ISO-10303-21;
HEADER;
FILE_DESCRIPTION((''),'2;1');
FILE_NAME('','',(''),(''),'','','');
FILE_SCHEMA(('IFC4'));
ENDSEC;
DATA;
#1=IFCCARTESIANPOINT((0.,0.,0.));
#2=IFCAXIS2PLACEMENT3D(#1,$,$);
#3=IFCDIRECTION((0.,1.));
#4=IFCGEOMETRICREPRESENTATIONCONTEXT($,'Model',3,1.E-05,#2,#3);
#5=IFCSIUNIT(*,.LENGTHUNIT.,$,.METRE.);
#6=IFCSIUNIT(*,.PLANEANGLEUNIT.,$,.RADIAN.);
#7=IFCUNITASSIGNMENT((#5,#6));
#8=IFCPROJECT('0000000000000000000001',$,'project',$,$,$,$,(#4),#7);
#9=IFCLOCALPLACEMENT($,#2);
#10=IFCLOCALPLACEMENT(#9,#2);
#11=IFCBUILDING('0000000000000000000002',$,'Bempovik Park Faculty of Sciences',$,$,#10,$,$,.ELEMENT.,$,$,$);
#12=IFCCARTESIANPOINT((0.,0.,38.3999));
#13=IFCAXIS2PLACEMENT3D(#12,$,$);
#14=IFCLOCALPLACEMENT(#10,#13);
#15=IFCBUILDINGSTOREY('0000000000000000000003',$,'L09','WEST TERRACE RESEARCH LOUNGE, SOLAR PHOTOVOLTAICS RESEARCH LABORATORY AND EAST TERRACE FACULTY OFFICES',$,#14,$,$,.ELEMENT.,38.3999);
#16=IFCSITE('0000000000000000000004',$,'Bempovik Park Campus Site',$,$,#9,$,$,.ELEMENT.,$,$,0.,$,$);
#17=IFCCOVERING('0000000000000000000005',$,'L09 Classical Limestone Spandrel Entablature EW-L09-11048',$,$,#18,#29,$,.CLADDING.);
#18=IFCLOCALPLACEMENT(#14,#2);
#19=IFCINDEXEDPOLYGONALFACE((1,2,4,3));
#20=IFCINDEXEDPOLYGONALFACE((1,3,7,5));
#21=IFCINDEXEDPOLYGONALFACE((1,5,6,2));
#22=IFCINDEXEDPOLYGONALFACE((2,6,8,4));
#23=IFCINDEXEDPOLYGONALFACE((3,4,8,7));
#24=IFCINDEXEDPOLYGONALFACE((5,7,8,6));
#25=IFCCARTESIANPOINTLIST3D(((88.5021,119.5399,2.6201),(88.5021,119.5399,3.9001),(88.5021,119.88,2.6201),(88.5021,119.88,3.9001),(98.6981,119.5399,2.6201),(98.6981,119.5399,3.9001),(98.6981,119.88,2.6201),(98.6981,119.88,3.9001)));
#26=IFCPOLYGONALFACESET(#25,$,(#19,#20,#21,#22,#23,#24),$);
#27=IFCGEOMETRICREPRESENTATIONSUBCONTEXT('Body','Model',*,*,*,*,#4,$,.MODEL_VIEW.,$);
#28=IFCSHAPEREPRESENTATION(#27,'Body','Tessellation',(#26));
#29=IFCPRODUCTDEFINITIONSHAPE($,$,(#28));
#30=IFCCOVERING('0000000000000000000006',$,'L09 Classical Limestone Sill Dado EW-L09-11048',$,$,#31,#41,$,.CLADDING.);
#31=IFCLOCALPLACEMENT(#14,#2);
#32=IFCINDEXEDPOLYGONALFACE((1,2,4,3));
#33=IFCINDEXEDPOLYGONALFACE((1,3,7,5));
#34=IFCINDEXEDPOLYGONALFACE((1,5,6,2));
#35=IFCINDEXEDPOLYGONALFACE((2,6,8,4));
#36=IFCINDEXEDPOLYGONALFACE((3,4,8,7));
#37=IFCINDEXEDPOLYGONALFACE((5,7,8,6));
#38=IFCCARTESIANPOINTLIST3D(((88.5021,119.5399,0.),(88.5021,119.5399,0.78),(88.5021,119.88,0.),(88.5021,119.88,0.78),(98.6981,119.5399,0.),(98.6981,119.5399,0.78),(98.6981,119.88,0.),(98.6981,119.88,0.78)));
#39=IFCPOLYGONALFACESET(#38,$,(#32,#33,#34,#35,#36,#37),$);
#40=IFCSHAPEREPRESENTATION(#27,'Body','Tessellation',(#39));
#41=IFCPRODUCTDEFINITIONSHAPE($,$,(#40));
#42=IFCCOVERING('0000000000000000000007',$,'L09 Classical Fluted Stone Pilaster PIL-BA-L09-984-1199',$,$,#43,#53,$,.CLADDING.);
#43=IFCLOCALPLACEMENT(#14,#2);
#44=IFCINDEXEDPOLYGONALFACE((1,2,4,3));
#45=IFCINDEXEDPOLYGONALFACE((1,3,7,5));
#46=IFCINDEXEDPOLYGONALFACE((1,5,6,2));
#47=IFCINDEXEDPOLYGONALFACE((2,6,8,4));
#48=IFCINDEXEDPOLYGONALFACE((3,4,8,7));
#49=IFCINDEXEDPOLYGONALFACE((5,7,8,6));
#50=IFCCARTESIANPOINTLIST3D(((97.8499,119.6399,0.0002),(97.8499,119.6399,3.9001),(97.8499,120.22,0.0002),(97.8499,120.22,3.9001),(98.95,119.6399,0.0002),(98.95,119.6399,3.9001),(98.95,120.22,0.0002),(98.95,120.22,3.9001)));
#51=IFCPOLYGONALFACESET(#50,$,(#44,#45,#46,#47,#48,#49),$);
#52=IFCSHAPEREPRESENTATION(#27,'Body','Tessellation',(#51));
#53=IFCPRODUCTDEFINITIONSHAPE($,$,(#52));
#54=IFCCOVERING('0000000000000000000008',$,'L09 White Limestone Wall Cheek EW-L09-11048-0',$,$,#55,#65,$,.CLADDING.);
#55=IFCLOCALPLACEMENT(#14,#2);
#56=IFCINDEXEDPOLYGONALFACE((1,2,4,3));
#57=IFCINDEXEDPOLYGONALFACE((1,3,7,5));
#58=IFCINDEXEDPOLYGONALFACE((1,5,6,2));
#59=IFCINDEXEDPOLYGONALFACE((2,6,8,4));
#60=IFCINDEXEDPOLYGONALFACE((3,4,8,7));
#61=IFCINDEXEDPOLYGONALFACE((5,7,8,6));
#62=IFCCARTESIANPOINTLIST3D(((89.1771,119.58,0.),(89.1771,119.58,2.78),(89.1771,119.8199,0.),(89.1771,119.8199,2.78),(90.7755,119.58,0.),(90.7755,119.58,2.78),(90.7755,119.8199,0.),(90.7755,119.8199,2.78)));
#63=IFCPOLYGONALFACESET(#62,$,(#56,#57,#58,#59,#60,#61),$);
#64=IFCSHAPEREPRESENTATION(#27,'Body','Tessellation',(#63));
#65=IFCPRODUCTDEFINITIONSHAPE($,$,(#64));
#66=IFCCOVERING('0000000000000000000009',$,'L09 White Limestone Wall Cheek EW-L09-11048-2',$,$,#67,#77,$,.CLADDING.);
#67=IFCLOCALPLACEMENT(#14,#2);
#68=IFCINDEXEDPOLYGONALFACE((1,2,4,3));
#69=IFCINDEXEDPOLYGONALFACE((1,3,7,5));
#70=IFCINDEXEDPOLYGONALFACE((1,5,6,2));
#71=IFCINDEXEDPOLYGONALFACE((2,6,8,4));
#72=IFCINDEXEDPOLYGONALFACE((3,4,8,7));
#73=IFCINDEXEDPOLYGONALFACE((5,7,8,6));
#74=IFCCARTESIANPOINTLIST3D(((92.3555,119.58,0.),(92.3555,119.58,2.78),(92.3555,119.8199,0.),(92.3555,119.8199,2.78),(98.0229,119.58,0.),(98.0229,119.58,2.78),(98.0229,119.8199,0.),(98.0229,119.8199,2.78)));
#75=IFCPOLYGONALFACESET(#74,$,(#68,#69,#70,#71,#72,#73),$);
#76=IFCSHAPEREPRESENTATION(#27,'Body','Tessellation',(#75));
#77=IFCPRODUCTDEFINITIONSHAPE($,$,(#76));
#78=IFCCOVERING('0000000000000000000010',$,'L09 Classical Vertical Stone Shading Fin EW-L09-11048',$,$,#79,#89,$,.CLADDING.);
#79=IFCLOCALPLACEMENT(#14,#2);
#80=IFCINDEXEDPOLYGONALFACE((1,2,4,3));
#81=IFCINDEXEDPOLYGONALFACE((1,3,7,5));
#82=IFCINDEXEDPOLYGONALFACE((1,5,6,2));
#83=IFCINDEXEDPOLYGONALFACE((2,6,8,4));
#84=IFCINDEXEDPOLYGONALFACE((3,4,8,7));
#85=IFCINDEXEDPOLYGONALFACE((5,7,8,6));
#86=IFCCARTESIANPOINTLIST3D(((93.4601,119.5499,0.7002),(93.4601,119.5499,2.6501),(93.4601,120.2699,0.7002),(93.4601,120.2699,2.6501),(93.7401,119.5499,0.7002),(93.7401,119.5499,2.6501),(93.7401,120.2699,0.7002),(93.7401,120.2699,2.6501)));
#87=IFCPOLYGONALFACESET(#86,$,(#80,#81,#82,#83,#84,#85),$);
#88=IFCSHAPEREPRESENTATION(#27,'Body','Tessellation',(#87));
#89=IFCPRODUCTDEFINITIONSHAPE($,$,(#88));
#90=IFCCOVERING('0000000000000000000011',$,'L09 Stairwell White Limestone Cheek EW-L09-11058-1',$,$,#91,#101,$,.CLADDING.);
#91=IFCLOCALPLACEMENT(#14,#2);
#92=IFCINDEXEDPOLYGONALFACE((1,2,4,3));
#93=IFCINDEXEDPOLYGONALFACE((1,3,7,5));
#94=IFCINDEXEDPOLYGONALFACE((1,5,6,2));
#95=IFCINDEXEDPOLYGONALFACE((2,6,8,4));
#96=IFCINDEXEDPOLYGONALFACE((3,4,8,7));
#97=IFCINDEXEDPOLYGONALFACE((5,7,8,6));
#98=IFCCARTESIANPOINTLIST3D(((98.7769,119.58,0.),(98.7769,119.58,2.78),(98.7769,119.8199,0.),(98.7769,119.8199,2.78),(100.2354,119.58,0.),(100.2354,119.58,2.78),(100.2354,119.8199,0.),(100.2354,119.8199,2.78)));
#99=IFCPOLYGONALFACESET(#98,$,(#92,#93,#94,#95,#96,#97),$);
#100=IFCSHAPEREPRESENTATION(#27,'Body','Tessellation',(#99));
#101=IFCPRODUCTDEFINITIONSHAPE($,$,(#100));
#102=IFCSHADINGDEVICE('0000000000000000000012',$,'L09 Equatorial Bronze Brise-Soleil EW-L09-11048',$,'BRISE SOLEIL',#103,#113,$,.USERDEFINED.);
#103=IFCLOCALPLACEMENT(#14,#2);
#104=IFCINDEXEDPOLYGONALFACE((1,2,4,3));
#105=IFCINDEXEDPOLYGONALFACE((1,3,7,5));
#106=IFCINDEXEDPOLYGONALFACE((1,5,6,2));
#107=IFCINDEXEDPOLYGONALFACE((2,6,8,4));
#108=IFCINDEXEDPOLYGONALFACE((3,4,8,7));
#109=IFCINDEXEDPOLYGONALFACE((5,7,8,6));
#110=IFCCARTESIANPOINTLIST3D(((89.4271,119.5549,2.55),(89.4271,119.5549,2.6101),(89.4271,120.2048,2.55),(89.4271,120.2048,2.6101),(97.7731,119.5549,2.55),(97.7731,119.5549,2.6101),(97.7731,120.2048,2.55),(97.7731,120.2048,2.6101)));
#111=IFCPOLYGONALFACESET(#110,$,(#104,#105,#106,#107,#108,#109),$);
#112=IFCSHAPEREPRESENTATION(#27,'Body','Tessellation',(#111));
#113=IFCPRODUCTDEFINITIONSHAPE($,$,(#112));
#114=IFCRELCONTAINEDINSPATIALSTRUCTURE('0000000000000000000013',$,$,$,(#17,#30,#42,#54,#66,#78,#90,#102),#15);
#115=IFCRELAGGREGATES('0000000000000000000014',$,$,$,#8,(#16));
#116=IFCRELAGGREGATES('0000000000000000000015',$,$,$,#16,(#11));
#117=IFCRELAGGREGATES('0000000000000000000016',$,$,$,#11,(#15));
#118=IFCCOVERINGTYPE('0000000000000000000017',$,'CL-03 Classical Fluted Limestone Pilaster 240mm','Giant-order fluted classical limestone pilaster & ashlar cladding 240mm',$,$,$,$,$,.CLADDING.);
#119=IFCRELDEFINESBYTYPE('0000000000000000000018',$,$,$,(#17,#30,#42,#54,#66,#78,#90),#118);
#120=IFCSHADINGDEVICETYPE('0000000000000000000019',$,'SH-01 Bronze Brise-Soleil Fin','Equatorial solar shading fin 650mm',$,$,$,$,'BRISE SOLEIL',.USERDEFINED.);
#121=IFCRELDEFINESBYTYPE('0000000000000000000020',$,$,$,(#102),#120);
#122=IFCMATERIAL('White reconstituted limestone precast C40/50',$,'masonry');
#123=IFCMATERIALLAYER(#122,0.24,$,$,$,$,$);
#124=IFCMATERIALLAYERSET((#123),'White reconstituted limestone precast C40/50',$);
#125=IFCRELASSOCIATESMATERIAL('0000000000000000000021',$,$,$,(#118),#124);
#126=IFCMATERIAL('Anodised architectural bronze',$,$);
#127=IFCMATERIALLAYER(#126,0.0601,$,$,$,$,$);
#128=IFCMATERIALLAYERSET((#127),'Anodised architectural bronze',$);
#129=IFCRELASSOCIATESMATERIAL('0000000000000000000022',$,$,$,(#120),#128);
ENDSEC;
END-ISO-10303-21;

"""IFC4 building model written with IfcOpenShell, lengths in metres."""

from ifc_helpers import new_model, si_unit, direction, frame, origin, origin_2d, place, context, subcontext, project, spatial, rectangle, extrude, material, layer, layer_set, type_object, element, save


model = new_model("IFC4")

# Units and contexts
model_context = context("Model", 3, precision=1e-05, world=origin(), true_north=direction((0.0, 1.0)))
body_context = subcontext(model_context, "Body", "Model", "MODEL_VIEW")
ifc_project = project(units=[si_unit("LENGTHUNIT", "METRE"), si_unit("PLANEANGLEUNIT", "RADIAN")], contexts=[model_context])

# Site, building, storey
site_placement = place(None, origin())
site = spatial("IfcSite", under=ifc_project, at=site_placement, Name="Bempovik Park Campus Site", CompositionType="ELEMENT", RefElevation=0.0)
building_placement = place(site_placement, origin())
building = spatial("IfcBuilding", under=site, at=building_placement, Name="Bempovik Park Faculty of Sciences", CompositionType="ELEMENT")
storey_placement = place(building_placement, frame((0.0, 0.0, 38.3999)))
storey = spatial("IfcBuildingStorey", under=building, at=storey_placement, Name="L09", Description="WEST TERRACE RESEARCH LOUNGE, SOLAR PHOTOVOLTAICS RESEARCH LABORATORY AND EAST TERRACE FACULTY OFFICES", CompositionType="ELEMENT", Elevation=38.3999)

# Coverings
ifc_material_1 = material(Name="White reconstituted limestone precast C40/50", Category="masonry")
ifc_layer_1 = layer(ifc_material_1, 0.24)
ifc_layer_set_1 = layer_set([ifc_layer_1], Name="White reconstituted limestone precast C40/50")
covering_type_1 = type_object("IfcCoveringType", Name="CL-03 Classical Fluted Limestone Pilaster 240mm", Description="Giant-order fluted classical limestone pilaster & ashlar cladding 240mm", PredefinedType="CLADDING", material=ifc_layer_set_1)
covering_1_placement = place(storey_placement, frame((93.6001, 119.71, 2.6201), z_axis=(0.0, 0.0, 1.0), x_axis=(1.0, 0.0, 0.0)))
element("IfcCovering", 1, at=covering_1_placement, inside=storey, type_object=covering_type_1, Name="L09 Classical Limestone Spandrel Entablature EW-L09-11048", PredefinedType="CLADDING", context=body_context, shape_type="SweptSolid", body=[
    extrude(rectangle(XDim=10.196, YDim=0.3401, at=origin_2d()), origin(), (0.0, 0.0, 1.0), 1.28),
])
covering_2_placement = place(storey_placement, frame((93.6001, 119.71, 0.0), z_axis=(0.0, 0.0, 1.0), x_axis=(1.0, 0.0, 0.0)))
element("IfcCovering", 2, at=covering_2_placement, inside=storey, type_object=covering_type_1, Name="L09 Classical Limestone Sill Dado EW-L09-11048", PredefinedType="CLADDING", context=body_context, shape_type="SweptSolid", body=[
    extrude(rectangle(XDim=10.196, YDim=0.3401, at=origin_2d()), origin(), (0.0, 0.0, 1.0), 0.78),
])
covering_3_placement = place(storey_placement, frame((98.3999, 119.9299, 0.0002), z_axis=(0.0, 0.0, 1.0), x_axis=(1.0, 0.0, 0.0)))
element("IfcCovering", 3, at=covering_3_placement, inside=storey, type_object=covering_type_1, Name="L09 Classical Fluted Stone Pilaster PIL-BA-L09-984-1199", PredefinedType="CLADDING", context=body_context, shape_type="SweptSolid", body=[
    extrude(rectangle(XDim=1.1001, YDim=0.5801, at=origin_2d()), origin(), (0.0, 0.0, 1.0), 3.8999),
])
covering_4_placement = place(storey_placement, frame((89.9763, 119.7, 0.0), z_axis=(0.0, 0.0, 1.0), x_axis=(1.0, 0.0, 0.0)))
element("IfcCovering", 4, at=covering_4_placement, inside=storey, type_object=covering_type_1, Name="L09 White Limestone Wall Cheek EW-L09-11048-0", PredefinedType="CLADDING", context=body_context, shape_type="SweptSolid", body=[
    extrude(rectangle(XDim=1.5984, YDim=0.24, at=origin_2d()), origin(), (0.0, 0.0, 1.0), 2.78),
])
covering_5_placement = place(storey_placement, frame((95.1892, 119.7, 0.0), z_axis=(0.0, 0.0, 1.0), x_axis=(1.0, 0.0, 0.0)))
element("IfcCovering", 5, at=covering_5_placement, inside=storey, type_object=covering_type_1, Name="L09 White Limestone Wall Cheek EW-L09-11048-2", PredefinedType="CLADDING", context=body_context, shape_type="SweptSolid", body=[
    extrude(rectangle(XDim=5.6675, YDim=0.24, at=origin_2d()), origin(), (0.0, 0.0, 1.0), 2.78),
])
covering_6_placement = place(storey_placement, frame((93.6001, 119.9099, 0.7002), z_axis=(0.0, 0.0, 1.0), x_axis=(1.0, 0.0, 0.0)))
element("IfcCovering", 6, at=covering_6_placement, inside=storey, type_object=covering_type_1, Name="L09 Classical Vertical Stone Shading Fin EW-L09-11048", PredefinedType="CLADDING", context=body_context, shape_type="SweptSolid", body=[
    extrude(rectangle(XDim=0.28, YDim=0.72, at=origin_2d()), origin(), (0.0, 0.0, 1.0), 1.95),
])
covering_7_placement = place(storey_placement, frame((99.5061, 119.7, 0.0), z_axis=(0.0, 0.0, 1.0), x_axis=(1.0, 0.0, 0.0)))
element("IfcCovering", 7, at=covering_7_placement, inside=storey, type_object=covering_type_1, Name="L09 Stairwell White Limestone Cheek EW-L09-11058-1", PredefinedType="CLADDING", context=body_context, shape_type="SweptSolid", body=[
    extrude(rectangle(XDim=1.4585, YDim=0.24, at=origin_2d()), origin(), (0.0, 0.0, 1.0), 2.78),
])

# Shading device
ifc_material_2 = material(Name="Anodised architectural bronze")
ifc_layer_2 = layer(ifc_material_2, 0.0601)
ifc_layer_set_2 = layer_set([ifc_layer_2], Name="Anodised architectural bronze")
shading_device_type = type_object("IfcShadingDeviceType", Name="SH-01 Bronze Brise-Soleil Fin", Description="Equatorial solar shading fin 650mm", ElementType="BRISE SOLEIL", PredefinedType="USERDEFINED", material=ifc_layer_set_2)
shading_device_placement = place(storey_placement, frame((93.6001, 119.8799, 2.55), z_axis=(0.0, 0.0, 1.0), x_axis=(1.0, 0.0, 0.0)))
element("IfcShadingDevice", 8, at=shading_device_placement, inside=storey, type_object=shading_device_type, Name="L09 Equatorial Bronze Brise-Soleil EW-L09-11048", ObjectType="BRISE SOLEIL", PredefinedType="USERDEFINED", context=body_context, shape_type="SweptSolid", body=[
    extrude(rectangle(XDim=8.3459, YDim=0.6499, at=origin_2d()), origin(), (0.0, 0.0, 1.0), 0.0601),
])

save(model, "model.ifc")
